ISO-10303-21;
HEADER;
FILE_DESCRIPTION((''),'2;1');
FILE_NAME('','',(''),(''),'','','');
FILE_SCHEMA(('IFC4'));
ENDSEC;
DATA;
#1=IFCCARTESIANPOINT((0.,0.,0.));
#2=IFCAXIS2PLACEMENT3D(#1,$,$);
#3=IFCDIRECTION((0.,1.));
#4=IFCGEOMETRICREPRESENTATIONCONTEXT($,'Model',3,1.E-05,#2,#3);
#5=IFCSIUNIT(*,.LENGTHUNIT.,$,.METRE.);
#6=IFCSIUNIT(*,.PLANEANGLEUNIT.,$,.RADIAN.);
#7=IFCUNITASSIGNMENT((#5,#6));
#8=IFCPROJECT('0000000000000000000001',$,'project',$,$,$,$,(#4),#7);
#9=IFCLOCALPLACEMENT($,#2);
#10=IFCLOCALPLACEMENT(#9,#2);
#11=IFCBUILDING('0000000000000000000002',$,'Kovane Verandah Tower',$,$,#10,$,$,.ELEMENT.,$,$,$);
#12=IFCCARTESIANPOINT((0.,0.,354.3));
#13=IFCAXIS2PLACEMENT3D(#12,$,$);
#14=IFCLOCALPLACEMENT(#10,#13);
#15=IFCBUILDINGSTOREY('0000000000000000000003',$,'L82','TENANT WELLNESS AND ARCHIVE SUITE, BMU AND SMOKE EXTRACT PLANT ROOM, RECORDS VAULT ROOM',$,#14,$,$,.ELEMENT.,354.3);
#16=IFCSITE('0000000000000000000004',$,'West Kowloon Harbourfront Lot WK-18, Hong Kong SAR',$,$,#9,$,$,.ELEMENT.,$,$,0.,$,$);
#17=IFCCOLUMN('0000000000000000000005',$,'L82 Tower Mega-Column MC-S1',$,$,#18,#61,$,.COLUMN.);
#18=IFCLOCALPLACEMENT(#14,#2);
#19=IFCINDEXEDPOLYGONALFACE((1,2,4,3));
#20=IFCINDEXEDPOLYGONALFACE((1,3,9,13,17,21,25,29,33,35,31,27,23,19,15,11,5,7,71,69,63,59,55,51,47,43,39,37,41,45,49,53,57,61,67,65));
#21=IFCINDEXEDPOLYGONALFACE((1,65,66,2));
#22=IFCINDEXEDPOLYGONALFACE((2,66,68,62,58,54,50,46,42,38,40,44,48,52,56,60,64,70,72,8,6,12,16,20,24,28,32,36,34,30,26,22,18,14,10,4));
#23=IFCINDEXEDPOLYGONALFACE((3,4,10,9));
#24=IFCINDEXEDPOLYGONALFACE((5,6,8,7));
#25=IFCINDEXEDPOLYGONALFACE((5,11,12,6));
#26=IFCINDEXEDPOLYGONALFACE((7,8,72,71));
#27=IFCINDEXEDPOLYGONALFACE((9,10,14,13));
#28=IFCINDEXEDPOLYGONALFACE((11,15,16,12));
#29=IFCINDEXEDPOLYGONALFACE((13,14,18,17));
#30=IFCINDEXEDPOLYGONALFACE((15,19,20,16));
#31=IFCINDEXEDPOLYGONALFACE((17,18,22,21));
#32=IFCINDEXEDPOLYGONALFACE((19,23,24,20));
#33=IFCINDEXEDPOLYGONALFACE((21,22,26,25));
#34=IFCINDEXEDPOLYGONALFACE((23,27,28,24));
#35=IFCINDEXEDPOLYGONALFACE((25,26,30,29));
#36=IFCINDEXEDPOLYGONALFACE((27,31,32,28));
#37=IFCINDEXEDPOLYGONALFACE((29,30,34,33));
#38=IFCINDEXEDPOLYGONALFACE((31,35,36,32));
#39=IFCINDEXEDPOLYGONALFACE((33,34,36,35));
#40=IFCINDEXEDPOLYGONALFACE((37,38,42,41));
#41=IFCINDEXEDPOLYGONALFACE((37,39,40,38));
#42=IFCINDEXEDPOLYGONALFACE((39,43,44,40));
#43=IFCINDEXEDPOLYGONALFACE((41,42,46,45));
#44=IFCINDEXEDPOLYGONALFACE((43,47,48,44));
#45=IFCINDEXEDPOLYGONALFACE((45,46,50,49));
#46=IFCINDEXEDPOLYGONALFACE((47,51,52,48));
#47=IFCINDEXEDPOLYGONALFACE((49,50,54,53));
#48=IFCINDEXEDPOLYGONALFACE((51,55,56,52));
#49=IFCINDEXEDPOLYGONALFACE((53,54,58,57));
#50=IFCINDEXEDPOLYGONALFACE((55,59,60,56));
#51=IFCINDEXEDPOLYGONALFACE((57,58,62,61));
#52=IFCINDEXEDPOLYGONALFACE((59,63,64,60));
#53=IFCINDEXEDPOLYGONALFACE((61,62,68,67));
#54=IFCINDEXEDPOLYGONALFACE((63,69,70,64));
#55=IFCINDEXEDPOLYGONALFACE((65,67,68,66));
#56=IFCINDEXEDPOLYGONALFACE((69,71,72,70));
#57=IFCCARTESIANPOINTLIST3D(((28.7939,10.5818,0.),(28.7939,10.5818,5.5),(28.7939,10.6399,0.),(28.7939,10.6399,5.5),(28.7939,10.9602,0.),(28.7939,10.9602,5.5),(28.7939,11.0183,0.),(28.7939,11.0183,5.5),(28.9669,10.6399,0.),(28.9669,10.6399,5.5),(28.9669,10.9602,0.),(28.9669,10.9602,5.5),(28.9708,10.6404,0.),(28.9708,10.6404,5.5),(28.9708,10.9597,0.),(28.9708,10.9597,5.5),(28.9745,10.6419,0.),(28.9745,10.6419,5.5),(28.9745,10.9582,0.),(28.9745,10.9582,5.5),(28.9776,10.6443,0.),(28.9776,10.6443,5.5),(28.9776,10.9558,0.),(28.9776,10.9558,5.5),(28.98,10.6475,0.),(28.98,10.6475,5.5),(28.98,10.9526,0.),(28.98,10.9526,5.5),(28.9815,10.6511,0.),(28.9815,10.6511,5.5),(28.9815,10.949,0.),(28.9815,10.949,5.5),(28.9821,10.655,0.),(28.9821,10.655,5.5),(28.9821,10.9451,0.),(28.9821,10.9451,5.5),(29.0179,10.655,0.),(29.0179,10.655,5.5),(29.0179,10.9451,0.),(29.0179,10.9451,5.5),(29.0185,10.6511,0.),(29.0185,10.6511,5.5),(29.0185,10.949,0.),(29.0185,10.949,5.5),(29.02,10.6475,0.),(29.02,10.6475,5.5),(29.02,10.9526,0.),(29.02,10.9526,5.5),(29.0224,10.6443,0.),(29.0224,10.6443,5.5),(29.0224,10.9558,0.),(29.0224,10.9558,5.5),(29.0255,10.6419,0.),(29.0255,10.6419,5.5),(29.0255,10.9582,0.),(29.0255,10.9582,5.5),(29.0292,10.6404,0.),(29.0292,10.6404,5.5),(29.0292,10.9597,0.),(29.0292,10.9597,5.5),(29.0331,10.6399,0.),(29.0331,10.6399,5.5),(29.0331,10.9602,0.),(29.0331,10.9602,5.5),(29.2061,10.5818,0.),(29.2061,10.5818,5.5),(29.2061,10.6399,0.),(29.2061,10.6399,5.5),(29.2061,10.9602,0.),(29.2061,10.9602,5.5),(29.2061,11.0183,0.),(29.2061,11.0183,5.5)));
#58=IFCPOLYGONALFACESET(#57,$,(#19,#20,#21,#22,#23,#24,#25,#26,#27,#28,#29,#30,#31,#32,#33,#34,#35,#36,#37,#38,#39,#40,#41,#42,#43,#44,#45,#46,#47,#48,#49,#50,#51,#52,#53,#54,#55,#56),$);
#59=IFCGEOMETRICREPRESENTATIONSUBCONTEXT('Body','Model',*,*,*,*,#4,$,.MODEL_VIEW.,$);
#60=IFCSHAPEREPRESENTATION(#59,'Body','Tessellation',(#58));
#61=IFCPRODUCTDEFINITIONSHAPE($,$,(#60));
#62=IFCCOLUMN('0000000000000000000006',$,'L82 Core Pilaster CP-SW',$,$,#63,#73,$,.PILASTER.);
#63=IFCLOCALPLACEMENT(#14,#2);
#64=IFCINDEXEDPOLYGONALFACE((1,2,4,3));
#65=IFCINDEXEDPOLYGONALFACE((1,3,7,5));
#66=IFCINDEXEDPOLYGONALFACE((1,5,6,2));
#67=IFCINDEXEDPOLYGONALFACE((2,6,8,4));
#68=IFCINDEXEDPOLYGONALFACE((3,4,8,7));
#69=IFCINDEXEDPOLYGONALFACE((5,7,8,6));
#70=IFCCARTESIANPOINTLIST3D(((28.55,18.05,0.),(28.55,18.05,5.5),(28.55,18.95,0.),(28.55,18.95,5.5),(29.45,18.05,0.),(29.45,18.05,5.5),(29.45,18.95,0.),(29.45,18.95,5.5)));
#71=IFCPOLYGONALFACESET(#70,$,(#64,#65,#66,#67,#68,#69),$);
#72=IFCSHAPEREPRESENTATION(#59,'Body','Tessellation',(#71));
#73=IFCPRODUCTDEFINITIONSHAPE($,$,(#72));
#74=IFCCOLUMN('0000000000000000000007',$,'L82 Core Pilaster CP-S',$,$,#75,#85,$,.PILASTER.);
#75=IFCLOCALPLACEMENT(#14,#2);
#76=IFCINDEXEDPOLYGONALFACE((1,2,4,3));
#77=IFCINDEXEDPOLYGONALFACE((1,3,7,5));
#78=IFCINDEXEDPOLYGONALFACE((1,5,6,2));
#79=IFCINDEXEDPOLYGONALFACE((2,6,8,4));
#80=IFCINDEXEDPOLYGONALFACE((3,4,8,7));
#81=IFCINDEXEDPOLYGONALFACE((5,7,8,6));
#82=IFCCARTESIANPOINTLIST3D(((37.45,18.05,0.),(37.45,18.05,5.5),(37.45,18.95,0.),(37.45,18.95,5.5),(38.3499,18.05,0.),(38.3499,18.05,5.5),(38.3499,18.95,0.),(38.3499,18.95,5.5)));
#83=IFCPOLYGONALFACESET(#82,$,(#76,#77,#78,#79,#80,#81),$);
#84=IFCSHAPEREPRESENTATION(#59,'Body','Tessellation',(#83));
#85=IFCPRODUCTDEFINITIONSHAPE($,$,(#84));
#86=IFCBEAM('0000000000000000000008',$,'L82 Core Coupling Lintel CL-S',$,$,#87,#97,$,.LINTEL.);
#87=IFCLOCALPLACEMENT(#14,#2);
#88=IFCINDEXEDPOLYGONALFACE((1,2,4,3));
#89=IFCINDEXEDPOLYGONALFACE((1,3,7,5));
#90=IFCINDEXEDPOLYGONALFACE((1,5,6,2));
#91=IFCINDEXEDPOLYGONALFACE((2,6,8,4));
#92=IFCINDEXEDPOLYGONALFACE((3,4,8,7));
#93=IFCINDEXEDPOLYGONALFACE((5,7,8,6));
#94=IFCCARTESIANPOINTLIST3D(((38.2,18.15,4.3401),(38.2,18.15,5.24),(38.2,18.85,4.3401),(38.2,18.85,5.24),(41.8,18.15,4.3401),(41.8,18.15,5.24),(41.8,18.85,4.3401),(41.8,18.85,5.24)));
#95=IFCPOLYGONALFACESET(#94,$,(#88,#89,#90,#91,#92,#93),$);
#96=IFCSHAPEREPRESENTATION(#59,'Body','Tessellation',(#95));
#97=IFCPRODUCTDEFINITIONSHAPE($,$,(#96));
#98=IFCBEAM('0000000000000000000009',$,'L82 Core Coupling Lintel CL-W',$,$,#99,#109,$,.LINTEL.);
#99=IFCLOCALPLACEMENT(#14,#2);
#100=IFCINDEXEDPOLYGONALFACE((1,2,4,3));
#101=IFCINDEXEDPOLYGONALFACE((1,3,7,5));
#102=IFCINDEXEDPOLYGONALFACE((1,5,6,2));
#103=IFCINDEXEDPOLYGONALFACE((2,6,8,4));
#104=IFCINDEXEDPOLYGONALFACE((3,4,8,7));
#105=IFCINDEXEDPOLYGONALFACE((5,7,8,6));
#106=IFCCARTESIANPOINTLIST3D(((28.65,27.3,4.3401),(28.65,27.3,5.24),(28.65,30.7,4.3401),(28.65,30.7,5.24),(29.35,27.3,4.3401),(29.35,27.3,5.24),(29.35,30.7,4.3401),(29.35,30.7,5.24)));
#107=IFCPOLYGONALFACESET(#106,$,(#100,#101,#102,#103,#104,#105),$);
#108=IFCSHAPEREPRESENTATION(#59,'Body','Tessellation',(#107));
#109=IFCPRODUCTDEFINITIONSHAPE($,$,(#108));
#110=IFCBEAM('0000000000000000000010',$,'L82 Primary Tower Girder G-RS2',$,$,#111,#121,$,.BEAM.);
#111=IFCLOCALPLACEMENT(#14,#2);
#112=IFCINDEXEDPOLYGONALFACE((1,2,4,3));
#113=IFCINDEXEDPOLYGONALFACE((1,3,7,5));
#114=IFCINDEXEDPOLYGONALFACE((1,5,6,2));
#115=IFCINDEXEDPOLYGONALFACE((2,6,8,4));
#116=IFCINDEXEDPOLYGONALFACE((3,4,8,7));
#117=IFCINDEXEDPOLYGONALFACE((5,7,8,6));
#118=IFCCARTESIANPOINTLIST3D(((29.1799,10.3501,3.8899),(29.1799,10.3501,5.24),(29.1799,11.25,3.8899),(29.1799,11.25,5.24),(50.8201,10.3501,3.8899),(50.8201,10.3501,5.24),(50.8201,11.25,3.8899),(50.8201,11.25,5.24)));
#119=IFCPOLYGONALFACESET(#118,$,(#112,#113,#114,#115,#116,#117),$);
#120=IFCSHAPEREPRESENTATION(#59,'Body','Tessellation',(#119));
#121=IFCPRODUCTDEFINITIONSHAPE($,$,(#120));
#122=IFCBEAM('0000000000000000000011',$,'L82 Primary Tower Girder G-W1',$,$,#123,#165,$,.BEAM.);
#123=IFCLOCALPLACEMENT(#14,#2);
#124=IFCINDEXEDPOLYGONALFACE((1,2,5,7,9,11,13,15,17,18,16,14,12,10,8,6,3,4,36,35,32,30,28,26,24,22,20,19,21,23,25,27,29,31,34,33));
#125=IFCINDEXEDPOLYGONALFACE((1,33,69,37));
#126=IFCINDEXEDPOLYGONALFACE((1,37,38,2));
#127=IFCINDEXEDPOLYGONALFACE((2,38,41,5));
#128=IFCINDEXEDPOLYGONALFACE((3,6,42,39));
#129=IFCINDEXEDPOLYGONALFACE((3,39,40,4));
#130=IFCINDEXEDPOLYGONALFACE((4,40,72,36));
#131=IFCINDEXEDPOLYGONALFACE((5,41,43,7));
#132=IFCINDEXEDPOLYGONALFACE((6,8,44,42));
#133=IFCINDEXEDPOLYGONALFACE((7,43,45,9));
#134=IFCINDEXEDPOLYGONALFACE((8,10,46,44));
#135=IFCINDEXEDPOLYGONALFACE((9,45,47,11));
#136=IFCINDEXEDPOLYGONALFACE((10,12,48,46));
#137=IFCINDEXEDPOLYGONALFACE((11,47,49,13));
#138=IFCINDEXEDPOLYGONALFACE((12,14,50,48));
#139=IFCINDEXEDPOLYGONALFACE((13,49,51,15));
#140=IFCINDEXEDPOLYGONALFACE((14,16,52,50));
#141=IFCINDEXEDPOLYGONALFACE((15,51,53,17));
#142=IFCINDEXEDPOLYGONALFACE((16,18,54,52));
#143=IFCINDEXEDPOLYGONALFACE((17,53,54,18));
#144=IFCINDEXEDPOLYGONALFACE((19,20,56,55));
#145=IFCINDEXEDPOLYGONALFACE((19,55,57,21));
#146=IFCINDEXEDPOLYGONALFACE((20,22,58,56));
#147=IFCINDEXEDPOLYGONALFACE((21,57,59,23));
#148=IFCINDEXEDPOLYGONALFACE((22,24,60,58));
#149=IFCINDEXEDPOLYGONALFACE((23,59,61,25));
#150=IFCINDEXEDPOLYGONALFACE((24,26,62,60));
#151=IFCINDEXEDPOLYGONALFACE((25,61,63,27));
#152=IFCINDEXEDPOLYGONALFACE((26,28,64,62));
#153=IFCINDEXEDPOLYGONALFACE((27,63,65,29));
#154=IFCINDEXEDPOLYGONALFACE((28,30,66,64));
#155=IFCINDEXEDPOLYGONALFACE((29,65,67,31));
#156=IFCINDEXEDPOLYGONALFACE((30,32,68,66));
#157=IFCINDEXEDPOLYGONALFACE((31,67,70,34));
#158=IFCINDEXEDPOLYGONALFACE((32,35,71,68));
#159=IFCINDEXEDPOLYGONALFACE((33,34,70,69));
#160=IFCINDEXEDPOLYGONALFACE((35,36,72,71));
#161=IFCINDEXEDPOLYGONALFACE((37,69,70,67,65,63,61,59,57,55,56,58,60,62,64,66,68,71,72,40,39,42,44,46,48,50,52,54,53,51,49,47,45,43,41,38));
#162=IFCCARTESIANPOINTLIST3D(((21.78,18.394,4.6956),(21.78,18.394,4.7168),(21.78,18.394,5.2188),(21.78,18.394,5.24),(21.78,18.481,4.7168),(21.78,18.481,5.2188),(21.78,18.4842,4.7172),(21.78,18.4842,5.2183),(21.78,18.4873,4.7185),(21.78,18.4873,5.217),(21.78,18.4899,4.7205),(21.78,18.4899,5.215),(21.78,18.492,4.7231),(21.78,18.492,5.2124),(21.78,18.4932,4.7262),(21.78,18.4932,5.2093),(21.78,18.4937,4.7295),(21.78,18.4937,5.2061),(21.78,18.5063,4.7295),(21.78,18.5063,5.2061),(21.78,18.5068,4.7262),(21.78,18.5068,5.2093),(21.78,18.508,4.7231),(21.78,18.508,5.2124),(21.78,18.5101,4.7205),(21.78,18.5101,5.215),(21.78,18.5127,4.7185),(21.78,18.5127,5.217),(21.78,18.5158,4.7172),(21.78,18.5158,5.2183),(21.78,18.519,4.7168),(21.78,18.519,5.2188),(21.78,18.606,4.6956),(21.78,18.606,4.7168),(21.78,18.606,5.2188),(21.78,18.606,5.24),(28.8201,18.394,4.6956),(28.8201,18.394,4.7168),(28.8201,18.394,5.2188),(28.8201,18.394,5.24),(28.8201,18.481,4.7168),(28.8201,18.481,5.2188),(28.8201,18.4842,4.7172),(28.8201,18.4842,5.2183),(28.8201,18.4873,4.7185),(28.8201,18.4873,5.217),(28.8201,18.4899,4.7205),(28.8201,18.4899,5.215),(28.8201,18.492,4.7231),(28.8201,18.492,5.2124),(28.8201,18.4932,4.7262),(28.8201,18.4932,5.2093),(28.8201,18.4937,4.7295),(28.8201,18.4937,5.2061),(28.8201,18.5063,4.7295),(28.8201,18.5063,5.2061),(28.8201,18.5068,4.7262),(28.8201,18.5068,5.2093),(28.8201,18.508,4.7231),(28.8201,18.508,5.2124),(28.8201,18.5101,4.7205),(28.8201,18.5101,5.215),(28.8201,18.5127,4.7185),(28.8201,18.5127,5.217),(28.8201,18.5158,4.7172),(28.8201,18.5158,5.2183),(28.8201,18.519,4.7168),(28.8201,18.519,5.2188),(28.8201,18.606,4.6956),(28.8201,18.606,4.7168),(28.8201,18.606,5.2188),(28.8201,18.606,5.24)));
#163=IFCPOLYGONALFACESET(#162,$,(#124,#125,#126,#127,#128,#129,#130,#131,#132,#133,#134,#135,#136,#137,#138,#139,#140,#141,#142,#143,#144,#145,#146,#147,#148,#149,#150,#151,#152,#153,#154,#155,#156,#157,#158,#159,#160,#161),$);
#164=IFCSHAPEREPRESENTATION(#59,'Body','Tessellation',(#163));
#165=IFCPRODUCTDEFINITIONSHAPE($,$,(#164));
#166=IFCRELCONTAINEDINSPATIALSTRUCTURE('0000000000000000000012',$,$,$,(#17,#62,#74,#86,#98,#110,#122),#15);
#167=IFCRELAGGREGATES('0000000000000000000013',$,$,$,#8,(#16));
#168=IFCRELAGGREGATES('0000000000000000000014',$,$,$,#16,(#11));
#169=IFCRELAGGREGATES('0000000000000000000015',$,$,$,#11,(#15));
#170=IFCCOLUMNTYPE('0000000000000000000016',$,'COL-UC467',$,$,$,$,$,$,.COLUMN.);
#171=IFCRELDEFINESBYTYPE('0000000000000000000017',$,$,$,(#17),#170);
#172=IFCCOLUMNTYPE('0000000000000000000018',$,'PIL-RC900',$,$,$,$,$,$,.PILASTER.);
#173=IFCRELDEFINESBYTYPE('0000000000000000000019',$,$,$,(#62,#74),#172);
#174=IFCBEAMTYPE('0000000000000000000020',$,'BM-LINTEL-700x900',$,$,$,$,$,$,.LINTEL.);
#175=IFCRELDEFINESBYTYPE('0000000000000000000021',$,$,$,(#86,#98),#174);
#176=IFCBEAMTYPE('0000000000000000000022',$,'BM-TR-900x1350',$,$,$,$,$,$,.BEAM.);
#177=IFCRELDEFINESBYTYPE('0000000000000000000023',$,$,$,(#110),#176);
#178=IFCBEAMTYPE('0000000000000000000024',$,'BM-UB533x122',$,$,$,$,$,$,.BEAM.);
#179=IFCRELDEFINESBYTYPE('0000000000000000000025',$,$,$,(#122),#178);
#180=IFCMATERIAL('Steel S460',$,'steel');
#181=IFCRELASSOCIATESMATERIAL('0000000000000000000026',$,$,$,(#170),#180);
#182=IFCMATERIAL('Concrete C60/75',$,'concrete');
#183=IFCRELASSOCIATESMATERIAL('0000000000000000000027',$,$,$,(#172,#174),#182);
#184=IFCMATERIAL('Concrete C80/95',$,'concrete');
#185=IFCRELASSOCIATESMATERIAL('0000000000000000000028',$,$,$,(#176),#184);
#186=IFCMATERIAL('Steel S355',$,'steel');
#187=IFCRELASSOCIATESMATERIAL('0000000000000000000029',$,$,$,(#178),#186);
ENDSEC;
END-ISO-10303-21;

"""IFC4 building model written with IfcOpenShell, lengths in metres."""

from ifc_helpers import new_model, si_unit, direction, frame, origin, origin_2d, place, context, subcontext, project, spatial, rectangle, i_section, extrude, material, material_profile, profile_set, type_object, element, save


model = new_model("IFC4")

# Units and contexts
model_context = context("Model", 3, precision=1e-05, world=origin(), true_north=direction((0.0, 1.0)))
body_context = subcontext(model_context, "Body", "Model", "MODEL_VIEW")
ifc_project = project(units=[si_unit("LENGTHUNIT", "METRE"), si_unit("PLANEANGLEUNIT", "RADIAN")], contexts=[model_context])

# Site, building, storey
site_placement = place(None, origin())
site = spatial("IfcSite", under=ifc_project, at=site_placement, Name="West Kowloon Harbourfront Lot WK-18, Hong Kong SAR", CompositionType="ELEMENT", RefElevation=0.0)
building_placement = place(site_placement, origin())
building = spatial("IfcBuilding", under=site, at=building_placement, Name="Kovane Verandah Tower", CompositionType="ELEMENT")
storey_placement = place(building_placement, frame((0.0, 0.0, 354.3)))
storey = spatial("IfcBuildingStorey", under=building, at=storey_placement, Name="L82", Description="TENANT WELLNESS AND ARCHIVE SUITE, BMU AND SMOKE EXTRACT PLANT ROOM, RECORDS VAULT ROOM", CompositionType="ELEMENT", Elevation=354.3)

# Columns
ifc_material_1 = material(Name="Steel S460", Category="steel")
ifc_material_profile_1 = material_profile(ifc_material_1, i_section(OverallWidth=0.4121, OverallDepth=0.4365, WebThickness=0.0359, FlangeThickness=0.0581, FilletRadius=0.0151, at=origin_2d()), Name="UC356x406x467")
ifc_profile_set_1 = profile_set([ifc_material_profile_1], Name="Steel S460")
column_type_1 = type_object("IfcColumnType", Name="COL-UC467", PredefinedType="COLUMN", material=ifc_profile_set_1)
column_placement = place(storey_placement, frame((29.0, 10.8, 0.0), z_axis=(0.0, 0.0, 1.0), x_axis=(1.0, 0.0, 0.0)))
element("IfcColumn", 1, at=column_placement, inside=storey, type_object=column_type_1, Name="L82 Tower Mega-Column MC-S1", PredefinedType="COLUMN", context=body_context, shape_type="SweptSolid", body=[
    extrude(i_section(OverallWidth=0.4121, OverallDepth=0.4365, WebThickness=0.0359, FlangeThickness=0.0581, FilletRadius=0.0151, at=origin_2d()), origin(), (0.0, 0.0, 1.0), 5.5),
])
ifc_material_2 = material(Name="Concrete C60/75", Category="concrete")
ifc_material_profile_2 = material_profile(ifc_material_2, rectangle(XDim=0.8999, YDim=0.8999, at=origin_2d()), Name="RC900x900")
ifc_profile_set_2 = profile_set([ifc_material_profile_2], Name="Concrete C60/75")
column_type_2 = type_object("IfcColumnType", Name="PIL-RC900", PredefinedType="PILASTER", material=ifc_profile_set_2)
for number, where, z_axis, x_axis, name in (
    (2, (29.0, 18.5, 0.0), (0.0, 0.0, 1.0), (1.0, 0.0, 0.0), "L82 Core Pilaster CP-SW"),
    (3, (37.8999, 18.5, 0.0), (0.0, 0.0, 1.0), (1.0, 0.0, 0.0), "L82 Core Pilaster CP-S"),
):
    element("IfcColumn", number, at=place(storey_placement, frame(where, z_axis=z_axis, x_axis=x_axis)), inside=storey, type_object=column_type_2, Name=name, PredefinedType="PILASTER", context=body_context, shape_type="SweptSolid", body=[
        extrude(rectangle(XDim=0.8999, YDim=0.8999, at=origin_2d()), origin(), (0.0, 0.0, 1.0), 5.5),
    ])

# Beams
ifc_material_profile_3 = material_profile(ifc_material_2, rectangle(XDim=0.7, YDim=0.8999, at=origin_2d()), Name="RCB700x900")
ifc_profile_set_3 = profile_set([ifc_material_profile_3], Name="Concrete C60/75")
beam_type_1 = type_object("IfcBeamType", Name="BM-LINTEL-700x900", PredefinedType="LINTEL", material=ifc_profile_set_3)
beam_1_placement = place(storey_placement, frame((38.2, 18.5, 4.79), z_axis=(1.0, 0.0, 0.0), x_axis=(0.0, 1.0, 0.0)))
element("IfcBeam", 4, at=beam_1_placement, inside=storey, type_object=beam_type_1, Name="L82 Core Coupling Lintel CL-S", PredefinedType="LINTEL", context=body_context, shape_type="SweptSolid", body=[
    extrude(rectangle(XDim=0.7, YDim=0.8999, at=origin_2d()), origin(), (0.0, 0.0, 1.0), 3.6001),
])
beam_2_placement = place(storey_placement, frame((29.0, 27.3, 4.79), z_axis=(0.0, 1.0, 0.0), x_axis=(-1.0, 0.0, 0.0)))
element("IfcBeam", 5, at=beam_2_placement, inside=storey, type_object=beam_type_1, Name="L82 Core Coupling Lintel CL-W", PredefinedType="LINTEL", context=body_context, shape_type="SweptSolid", body=[
    extrude(rectangle(XDim=0.7, YDim=0.8999, at=origin_2d()), origin(), (0.0, 0.0, 1.0), 3.3999),
])
ifc_material_3 = material(Name="Concrete C80/95", Category="concrete")
ifc_material_profile_4 = material_profile(ifc_material_3, rectangle(XDim=0.8999, YDim=1.3501, at=origin_2d()), Name="RCB900x1350")
ifc_profile_set_4 = profile_set([ifc_material_profile_4], Name="Concrete C80/95")
beam_type_2 = type_object("IfcBeamType", Name="BM-TR-900x1350", PredefinedType="BEAM", material=ifc_profile_set_4)
beam_3_placement = place(storey_placement, frame((29.1799, 10.8, 4.5649), z_axis=(1.0, 0.0, 0.0), x_axis=(0.0, 1.0, 0.0)))
element("IfcBeam", 6, at=beam_3_placement, inside=storey, type_object=beam_type_2, Name="L82 Primary Tower Girder G-RS2", PredefinedType="BEAM", context=body_context, shape_type="SweptSolid", body=[
    extrude(rectangle(XDim=0.8999, YDim=1.3501, at=origin_2d()), origin(), (0.0, 0.0, 1.0), 21.6401),
])
ifc_material_4 = material(Name="Steel S355", Category="steel")
ifc_material_profile_5 = material_profile(ifc_material_4, i_section(OverallWidth=0.2119, OverallDepth=0.5444, WebThickness=0.0127, FlangeThickness=0.0212, FilletRadius=0.0127, at=origin_2d()), Name="UB533x210x122")
ifc_profile_set_5 = profile_set([ifc_material_profile_5], Name="Steel S355")
beam_type_3 = type_object("IfcBeamType", Name="BM-UB533x122", PredefinedType="BEAM", material=ifc_profile_set_5)
beam_4_placement = place(storey_placement, frame((28.8201, 18.5, 4.9678), z_axis=(-1.0, 0.0, 0.0), x_axis=(0.0, -1.0, 0.0)))
element("IfcBeam", 7, at=beam_4_placement, inside=storey, type_object=beam_type_3, Name="L82 Primary Tower Girder G-W1", PredefinedType="BEAM", context=body_context, shape_type="SweptSolid", body=[
    extrude(i_section(OverallWidth=0.2119, OverallDepth=0.5444, WebThickness=0.0127, FlangeThickness=0.0212, FilletRadius=0.0127, at=origin_2d()), origin(), (0.0, 0.0, 1.0), 7.04),
])

save(model, "model.ifc")
